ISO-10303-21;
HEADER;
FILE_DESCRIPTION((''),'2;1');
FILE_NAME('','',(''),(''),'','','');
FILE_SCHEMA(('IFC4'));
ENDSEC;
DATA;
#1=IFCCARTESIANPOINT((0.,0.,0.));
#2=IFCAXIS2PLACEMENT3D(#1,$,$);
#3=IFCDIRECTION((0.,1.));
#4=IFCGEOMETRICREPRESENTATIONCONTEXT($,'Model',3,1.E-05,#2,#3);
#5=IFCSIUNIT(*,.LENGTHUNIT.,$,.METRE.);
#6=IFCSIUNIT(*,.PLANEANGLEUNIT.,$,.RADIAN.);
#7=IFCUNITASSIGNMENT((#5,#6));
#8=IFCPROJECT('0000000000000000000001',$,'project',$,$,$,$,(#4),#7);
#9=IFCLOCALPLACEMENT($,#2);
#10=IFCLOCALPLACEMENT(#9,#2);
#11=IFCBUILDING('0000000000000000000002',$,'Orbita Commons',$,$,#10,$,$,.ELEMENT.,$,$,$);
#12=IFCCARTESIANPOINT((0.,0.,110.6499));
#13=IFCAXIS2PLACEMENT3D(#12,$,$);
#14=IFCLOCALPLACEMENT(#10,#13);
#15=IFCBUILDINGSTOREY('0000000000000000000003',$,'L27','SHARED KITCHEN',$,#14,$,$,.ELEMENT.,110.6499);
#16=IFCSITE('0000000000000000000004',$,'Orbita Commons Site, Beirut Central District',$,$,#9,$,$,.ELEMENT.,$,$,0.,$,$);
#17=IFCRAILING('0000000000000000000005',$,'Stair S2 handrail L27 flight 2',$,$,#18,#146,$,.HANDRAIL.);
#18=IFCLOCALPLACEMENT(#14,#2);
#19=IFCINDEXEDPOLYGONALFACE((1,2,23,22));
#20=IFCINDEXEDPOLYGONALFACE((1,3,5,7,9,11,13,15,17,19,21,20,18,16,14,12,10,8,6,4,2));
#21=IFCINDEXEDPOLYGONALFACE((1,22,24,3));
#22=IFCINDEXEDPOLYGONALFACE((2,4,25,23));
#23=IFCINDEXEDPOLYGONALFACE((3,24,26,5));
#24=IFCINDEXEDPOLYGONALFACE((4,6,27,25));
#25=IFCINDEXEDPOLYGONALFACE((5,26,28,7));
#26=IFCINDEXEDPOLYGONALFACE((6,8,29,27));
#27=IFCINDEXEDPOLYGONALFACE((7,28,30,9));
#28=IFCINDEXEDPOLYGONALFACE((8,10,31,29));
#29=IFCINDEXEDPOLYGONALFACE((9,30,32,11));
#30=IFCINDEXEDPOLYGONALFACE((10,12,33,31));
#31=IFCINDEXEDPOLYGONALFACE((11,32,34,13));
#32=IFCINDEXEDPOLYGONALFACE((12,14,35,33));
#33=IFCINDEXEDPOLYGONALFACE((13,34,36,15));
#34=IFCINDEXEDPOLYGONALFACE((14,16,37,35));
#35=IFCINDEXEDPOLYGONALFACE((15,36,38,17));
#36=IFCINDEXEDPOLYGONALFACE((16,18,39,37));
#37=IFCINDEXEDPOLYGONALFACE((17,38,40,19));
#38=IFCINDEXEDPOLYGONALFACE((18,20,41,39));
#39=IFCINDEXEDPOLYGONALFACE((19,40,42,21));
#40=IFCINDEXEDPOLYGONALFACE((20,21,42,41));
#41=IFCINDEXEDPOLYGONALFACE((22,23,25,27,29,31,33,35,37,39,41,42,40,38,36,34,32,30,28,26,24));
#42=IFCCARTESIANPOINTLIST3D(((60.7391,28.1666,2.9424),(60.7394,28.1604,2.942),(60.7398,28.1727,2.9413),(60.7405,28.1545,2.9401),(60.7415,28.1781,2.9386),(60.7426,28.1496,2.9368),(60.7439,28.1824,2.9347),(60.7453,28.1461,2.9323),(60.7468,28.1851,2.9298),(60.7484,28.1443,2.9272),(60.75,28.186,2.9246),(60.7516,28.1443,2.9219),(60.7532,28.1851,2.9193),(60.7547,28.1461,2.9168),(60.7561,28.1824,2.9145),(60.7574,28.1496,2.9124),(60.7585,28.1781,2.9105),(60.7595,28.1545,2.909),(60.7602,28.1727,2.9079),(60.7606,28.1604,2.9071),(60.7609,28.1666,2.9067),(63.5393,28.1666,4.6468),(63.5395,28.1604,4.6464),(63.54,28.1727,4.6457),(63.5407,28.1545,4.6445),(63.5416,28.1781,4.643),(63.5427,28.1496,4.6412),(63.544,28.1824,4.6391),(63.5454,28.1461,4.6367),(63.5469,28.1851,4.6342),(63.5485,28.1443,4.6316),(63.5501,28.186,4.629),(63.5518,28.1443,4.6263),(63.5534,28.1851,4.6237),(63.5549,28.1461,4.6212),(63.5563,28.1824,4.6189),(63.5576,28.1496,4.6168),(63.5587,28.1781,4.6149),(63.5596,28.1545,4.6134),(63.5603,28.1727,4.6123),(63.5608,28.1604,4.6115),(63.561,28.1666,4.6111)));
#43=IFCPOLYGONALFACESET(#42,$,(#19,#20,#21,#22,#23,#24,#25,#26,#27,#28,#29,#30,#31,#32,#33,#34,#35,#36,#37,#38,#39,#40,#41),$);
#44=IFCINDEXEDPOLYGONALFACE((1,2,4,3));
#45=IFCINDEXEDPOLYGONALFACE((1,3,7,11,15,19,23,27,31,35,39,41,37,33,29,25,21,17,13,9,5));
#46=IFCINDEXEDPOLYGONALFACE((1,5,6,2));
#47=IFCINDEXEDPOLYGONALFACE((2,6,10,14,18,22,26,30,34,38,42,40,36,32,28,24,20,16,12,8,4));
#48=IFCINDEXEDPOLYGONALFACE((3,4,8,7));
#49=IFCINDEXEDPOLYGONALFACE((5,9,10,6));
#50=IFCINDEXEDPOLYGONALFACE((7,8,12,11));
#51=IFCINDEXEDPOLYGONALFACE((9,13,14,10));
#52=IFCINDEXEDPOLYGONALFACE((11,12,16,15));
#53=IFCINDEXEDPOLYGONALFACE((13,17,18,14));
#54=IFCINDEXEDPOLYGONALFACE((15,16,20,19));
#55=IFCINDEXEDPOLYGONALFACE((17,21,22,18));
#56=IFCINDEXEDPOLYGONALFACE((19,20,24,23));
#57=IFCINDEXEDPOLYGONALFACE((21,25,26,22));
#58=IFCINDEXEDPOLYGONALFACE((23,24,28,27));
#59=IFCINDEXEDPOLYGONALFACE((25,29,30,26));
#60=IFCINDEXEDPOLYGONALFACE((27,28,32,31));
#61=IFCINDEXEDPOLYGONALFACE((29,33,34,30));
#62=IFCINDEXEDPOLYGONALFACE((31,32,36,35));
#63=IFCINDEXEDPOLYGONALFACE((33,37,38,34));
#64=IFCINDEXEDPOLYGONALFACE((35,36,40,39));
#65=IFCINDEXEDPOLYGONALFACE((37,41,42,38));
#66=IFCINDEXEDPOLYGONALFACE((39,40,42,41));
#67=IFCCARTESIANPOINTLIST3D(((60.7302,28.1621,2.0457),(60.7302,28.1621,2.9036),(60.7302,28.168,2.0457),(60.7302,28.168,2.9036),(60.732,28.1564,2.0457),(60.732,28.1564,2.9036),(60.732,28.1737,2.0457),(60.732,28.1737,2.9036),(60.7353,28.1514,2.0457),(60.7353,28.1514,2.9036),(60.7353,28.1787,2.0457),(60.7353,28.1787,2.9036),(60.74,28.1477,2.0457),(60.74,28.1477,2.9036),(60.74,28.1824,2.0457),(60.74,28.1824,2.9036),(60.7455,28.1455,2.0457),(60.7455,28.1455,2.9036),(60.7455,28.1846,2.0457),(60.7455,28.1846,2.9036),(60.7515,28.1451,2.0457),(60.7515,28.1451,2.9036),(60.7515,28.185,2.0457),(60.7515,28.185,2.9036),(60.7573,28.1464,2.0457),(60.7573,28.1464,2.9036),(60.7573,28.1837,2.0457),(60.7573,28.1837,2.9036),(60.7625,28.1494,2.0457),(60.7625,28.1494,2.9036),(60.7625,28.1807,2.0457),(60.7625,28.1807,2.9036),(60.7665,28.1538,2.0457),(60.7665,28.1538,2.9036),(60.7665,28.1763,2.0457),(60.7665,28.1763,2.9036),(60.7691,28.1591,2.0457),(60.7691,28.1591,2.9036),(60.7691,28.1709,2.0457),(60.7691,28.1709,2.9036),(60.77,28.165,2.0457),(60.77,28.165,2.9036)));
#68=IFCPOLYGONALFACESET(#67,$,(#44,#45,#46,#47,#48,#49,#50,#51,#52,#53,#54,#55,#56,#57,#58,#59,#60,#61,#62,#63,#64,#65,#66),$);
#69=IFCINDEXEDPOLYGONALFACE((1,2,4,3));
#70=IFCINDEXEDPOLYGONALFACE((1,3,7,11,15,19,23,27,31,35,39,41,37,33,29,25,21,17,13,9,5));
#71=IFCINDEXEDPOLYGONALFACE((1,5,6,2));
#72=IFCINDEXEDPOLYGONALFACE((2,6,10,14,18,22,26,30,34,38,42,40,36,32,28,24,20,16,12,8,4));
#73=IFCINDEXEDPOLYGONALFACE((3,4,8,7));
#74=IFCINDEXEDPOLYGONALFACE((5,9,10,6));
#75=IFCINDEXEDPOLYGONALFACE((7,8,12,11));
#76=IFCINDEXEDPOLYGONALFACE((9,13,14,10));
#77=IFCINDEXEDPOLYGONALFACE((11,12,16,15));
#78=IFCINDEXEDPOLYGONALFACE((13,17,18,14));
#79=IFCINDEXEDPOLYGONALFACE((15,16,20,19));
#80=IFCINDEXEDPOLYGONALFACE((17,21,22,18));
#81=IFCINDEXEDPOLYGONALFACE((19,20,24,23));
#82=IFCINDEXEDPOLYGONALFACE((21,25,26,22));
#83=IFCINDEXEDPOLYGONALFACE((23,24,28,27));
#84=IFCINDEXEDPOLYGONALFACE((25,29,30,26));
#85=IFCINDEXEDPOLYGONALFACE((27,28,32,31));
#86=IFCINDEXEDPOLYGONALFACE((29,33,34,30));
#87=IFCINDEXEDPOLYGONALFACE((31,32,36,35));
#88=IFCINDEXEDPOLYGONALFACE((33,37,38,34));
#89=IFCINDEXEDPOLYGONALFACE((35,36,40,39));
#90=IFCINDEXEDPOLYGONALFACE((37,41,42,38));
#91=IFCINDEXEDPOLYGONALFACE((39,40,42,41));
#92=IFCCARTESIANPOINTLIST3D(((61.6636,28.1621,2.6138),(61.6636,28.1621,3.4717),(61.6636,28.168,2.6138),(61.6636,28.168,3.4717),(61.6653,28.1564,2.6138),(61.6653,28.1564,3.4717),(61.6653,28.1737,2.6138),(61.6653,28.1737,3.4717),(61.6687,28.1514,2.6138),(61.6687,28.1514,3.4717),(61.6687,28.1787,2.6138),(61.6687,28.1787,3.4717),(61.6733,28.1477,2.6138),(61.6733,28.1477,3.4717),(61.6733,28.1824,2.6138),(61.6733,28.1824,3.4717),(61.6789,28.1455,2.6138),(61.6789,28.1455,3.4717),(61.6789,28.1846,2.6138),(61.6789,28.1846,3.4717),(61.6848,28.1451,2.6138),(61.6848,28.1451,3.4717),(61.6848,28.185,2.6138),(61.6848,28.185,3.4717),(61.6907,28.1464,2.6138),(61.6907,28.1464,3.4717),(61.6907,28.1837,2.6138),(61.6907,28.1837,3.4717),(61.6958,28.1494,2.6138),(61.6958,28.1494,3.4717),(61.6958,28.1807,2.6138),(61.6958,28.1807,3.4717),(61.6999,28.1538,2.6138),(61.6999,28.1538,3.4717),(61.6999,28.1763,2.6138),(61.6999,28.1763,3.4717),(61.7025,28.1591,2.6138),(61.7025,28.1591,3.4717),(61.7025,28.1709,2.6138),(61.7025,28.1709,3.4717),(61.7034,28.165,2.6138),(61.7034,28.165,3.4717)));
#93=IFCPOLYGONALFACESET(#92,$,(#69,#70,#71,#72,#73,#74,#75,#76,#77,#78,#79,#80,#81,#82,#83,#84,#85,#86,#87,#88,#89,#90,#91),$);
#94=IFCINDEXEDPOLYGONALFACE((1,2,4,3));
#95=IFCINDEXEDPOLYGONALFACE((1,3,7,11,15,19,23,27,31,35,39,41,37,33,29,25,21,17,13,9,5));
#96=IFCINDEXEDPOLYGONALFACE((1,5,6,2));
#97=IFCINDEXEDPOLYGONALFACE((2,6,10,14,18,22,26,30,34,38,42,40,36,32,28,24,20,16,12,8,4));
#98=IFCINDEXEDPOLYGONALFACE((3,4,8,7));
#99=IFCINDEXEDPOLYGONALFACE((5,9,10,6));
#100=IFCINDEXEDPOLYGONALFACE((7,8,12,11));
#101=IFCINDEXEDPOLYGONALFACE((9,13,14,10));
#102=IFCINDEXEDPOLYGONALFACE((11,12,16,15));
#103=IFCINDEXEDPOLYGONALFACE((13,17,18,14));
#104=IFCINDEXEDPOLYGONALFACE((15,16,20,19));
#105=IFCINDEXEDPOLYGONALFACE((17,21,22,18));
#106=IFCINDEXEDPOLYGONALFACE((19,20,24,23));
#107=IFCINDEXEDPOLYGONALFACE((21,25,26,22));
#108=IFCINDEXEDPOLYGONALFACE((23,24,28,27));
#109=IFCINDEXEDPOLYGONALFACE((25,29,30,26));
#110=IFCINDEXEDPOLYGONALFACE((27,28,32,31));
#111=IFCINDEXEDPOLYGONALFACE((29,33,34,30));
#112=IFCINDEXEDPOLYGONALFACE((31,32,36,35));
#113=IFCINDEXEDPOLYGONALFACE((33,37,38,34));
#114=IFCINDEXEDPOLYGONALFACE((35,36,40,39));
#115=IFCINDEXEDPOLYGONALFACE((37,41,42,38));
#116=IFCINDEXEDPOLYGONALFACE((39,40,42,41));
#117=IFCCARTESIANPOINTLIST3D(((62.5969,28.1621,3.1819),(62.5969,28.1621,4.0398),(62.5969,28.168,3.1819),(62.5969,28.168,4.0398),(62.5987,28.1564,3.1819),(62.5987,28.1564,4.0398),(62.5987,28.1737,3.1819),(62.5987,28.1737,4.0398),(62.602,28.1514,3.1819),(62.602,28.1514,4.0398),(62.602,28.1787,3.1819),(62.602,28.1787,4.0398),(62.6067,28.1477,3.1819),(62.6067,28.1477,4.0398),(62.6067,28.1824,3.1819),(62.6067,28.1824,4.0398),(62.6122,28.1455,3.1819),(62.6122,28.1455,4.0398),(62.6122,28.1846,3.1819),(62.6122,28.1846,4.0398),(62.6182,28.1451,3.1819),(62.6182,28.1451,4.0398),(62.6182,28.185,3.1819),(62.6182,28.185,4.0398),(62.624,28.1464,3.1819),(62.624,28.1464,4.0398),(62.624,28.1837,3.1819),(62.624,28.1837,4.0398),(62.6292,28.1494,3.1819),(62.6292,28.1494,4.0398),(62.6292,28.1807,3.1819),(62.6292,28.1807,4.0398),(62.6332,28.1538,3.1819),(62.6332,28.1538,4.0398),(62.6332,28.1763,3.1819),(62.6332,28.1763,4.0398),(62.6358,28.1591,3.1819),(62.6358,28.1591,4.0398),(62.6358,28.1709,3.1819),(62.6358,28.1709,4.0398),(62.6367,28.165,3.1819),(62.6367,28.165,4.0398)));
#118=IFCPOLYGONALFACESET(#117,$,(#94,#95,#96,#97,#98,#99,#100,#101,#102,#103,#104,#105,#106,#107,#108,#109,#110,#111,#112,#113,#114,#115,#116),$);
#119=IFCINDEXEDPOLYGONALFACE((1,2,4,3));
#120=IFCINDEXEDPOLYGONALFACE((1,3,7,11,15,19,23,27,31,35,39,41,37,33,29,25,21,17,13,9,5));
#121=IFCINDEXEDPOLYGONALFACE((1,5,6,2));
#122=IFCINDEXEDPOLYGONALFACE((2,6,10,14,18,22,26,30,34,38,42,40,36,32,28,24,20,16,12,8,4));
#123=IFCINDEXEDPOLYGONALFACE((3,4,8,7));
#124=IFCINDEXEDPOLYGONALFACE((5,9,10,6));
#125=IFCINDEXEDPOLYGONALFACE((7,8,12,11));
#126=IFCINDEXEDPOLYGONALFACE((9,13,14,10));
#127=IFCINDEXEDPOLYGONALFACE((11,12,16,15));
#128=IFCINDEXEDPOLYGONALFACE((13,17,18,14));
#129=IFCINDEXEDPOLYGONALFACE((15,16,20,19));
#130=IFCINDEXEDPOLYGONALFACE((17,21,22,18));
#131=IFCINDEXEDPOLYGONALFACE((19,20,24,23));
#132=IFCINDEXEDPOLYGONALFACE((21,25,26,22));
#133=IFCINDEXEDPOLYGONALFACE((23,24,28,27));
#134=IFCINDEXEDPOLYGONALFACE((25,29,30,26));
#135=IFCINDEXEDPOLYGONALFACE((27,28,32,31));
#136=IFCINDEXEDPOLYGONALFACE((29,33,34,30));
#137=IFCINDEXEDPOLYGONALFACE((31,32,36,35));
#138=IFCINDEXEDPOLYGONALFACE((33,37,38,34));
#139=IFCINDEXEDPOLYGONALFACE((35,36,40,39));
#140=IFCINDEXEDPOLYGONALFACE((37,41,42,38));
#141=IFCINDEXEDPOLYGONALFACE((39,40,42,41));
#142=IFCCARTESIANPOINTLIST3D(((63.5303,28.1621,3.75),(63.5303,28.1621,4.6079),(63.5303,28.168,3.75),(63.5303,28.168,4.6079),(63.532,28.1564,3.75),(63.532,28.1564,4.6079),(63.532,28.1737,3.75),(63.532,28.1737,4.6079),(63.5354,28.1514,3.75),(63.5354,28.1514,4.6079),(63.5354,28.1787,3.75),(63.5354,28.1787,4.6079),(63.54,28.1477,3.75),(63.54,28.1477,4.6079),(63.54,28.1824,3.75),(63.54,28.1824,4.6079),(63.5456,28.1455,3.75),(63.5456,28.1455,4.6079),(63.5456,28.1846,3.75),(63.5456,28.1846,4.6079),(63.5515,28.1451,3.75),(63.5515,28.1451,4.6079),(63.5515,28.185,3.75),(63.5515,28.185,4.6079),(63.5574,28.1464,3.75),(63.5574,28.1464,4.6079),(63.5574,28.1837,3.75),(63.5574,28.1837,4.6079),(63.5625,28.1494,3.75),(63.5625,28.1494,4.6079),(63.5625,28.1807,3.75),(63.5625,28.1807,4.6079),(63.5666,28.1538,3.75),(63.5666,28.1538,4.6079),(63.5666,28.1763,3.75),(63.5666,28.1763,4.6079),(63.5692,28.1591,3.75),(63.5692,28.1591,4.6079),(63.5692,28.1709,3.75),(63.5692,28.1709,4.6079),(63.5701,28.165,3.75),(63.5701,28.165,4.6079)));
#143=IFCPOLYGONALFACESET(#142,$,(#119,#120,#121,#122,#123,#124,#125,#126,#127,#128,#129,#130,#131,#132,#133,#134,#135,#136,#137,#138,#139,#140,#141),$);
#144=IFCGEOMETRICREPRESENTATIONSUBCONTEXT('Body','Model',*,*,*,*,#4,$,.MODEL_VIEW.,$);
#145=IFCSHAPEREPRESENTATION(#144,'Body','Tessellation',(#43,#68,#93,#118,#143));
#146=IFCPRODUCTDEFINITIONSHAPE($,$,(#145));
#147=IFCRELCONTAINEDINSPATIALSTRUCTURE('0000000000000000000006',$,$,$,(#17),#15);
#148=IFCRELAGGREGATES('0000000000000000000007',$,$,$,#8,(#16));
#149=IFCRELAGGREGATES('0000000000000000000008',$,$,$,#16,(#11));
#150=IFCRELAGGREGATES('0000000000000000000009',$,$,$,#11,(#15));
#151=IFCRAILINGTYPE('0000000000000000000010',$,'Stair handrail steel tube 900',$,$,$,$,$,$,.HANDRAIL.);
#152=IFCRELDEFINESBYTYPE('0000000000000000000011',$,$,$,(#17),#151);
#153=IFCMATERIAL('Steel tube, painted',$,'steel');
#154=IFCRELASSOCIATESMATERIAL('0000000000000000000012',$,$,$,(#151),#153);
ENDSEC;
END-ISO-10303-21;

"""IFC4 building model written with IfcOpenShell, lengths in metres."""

from ifc_helpers import new_model, si_unit, direction, frame, origin, origin_2d, place, context, subcontext, project, spatial, circle, extrude, material, type_object, element, save


model = new_model("IFC4")

# Units and contexts
model_context = context("Model", 3, precision=1e-05, world=origin(), true_north=direction((0.0, 1.0)))
body_context = subcontext(model_context, "Body", "Model", "MODEL_VIEW")
ifc_project = project(units=[si_unit("LENGTHUNIT", "METRE"), si_unit("PLANEANGLEUNIT", "RADIAN")], contexts=[model_context])

# Site, building, storey
site_placement = place(None, origin())
site = spatial("IfcSite", under=ifc_project, at=site_placement, Name="Orbita Commons Site, Beirut Central District", CompositionType="ELEMENT", RefElevation=0.0)
building_placement = place(site_placement, origin())
building = spatial("IfcBuilding", under=site, at=building_placement, Name="Orbita Commons", CompositionType="ELEMENT")
storey_placement = place(building_placement, frame((0.0, 0.0, 110.6499)))
storey = spatial("IfcBuildingStorey", under=building, at=storey_placement, Name="L27", Description="SHARED KITCHEN", CompositionType="ELEMENT", Elevation=110.6499)

# Railing
ifc_material_1 = material(Name="Steel tube, painted", Category="steel")
railing_type = type_object("IfcRailingType", Name="Stair handrail steel tube 900", PredefinedType="HANDRAIL", material=ifc_material_1)
for number, where, name in (
    (1, (60.75, 28.165, 2.0457), "Stair S2 handrail L27 flight 2"),
):
    element("IfcRailing", number, at=place(storey_placement, frame(where)), inside=storey, type_object=railing_type, Name=name, PredefinedType="HANDRAIL", context=body_context, shape_type="SweptSolid", body=[
        extrude(circle(Radius=0.021, at=origin_2d()), frame((0.0, 0.0, 0.8789), z_axis=(0.854203, 0.0, 0.51994), x_axis=(0.0, 1.0, 0.0)), (0.0, 0.0, 1.0), 3.2781),
        extrude(circle(Radius=0.02, at=origin_2d()), origin(), (0.0, 0.0, 1.0), 0.8579),
        extrude(circle(Radius=0.02, at=origin_2d()), frame((0.9333, 0.0, 0.5681)), (0.0, 0.0, 1.0), 0.8579),
        extrude(circle(Radius=0.02, at=origin_2d()), frame((1.8667, 0.0, 1.1362)), (0.0, 0.0, 1.0), 0.8579),
        extrude(circle(Radius=0.02, at=origin_2d()), frame((2.8, 0.0, 1.7043)), (0.0, 0.0, 1.0), 0.8579),
    ])

save(model, "model.ifc")
